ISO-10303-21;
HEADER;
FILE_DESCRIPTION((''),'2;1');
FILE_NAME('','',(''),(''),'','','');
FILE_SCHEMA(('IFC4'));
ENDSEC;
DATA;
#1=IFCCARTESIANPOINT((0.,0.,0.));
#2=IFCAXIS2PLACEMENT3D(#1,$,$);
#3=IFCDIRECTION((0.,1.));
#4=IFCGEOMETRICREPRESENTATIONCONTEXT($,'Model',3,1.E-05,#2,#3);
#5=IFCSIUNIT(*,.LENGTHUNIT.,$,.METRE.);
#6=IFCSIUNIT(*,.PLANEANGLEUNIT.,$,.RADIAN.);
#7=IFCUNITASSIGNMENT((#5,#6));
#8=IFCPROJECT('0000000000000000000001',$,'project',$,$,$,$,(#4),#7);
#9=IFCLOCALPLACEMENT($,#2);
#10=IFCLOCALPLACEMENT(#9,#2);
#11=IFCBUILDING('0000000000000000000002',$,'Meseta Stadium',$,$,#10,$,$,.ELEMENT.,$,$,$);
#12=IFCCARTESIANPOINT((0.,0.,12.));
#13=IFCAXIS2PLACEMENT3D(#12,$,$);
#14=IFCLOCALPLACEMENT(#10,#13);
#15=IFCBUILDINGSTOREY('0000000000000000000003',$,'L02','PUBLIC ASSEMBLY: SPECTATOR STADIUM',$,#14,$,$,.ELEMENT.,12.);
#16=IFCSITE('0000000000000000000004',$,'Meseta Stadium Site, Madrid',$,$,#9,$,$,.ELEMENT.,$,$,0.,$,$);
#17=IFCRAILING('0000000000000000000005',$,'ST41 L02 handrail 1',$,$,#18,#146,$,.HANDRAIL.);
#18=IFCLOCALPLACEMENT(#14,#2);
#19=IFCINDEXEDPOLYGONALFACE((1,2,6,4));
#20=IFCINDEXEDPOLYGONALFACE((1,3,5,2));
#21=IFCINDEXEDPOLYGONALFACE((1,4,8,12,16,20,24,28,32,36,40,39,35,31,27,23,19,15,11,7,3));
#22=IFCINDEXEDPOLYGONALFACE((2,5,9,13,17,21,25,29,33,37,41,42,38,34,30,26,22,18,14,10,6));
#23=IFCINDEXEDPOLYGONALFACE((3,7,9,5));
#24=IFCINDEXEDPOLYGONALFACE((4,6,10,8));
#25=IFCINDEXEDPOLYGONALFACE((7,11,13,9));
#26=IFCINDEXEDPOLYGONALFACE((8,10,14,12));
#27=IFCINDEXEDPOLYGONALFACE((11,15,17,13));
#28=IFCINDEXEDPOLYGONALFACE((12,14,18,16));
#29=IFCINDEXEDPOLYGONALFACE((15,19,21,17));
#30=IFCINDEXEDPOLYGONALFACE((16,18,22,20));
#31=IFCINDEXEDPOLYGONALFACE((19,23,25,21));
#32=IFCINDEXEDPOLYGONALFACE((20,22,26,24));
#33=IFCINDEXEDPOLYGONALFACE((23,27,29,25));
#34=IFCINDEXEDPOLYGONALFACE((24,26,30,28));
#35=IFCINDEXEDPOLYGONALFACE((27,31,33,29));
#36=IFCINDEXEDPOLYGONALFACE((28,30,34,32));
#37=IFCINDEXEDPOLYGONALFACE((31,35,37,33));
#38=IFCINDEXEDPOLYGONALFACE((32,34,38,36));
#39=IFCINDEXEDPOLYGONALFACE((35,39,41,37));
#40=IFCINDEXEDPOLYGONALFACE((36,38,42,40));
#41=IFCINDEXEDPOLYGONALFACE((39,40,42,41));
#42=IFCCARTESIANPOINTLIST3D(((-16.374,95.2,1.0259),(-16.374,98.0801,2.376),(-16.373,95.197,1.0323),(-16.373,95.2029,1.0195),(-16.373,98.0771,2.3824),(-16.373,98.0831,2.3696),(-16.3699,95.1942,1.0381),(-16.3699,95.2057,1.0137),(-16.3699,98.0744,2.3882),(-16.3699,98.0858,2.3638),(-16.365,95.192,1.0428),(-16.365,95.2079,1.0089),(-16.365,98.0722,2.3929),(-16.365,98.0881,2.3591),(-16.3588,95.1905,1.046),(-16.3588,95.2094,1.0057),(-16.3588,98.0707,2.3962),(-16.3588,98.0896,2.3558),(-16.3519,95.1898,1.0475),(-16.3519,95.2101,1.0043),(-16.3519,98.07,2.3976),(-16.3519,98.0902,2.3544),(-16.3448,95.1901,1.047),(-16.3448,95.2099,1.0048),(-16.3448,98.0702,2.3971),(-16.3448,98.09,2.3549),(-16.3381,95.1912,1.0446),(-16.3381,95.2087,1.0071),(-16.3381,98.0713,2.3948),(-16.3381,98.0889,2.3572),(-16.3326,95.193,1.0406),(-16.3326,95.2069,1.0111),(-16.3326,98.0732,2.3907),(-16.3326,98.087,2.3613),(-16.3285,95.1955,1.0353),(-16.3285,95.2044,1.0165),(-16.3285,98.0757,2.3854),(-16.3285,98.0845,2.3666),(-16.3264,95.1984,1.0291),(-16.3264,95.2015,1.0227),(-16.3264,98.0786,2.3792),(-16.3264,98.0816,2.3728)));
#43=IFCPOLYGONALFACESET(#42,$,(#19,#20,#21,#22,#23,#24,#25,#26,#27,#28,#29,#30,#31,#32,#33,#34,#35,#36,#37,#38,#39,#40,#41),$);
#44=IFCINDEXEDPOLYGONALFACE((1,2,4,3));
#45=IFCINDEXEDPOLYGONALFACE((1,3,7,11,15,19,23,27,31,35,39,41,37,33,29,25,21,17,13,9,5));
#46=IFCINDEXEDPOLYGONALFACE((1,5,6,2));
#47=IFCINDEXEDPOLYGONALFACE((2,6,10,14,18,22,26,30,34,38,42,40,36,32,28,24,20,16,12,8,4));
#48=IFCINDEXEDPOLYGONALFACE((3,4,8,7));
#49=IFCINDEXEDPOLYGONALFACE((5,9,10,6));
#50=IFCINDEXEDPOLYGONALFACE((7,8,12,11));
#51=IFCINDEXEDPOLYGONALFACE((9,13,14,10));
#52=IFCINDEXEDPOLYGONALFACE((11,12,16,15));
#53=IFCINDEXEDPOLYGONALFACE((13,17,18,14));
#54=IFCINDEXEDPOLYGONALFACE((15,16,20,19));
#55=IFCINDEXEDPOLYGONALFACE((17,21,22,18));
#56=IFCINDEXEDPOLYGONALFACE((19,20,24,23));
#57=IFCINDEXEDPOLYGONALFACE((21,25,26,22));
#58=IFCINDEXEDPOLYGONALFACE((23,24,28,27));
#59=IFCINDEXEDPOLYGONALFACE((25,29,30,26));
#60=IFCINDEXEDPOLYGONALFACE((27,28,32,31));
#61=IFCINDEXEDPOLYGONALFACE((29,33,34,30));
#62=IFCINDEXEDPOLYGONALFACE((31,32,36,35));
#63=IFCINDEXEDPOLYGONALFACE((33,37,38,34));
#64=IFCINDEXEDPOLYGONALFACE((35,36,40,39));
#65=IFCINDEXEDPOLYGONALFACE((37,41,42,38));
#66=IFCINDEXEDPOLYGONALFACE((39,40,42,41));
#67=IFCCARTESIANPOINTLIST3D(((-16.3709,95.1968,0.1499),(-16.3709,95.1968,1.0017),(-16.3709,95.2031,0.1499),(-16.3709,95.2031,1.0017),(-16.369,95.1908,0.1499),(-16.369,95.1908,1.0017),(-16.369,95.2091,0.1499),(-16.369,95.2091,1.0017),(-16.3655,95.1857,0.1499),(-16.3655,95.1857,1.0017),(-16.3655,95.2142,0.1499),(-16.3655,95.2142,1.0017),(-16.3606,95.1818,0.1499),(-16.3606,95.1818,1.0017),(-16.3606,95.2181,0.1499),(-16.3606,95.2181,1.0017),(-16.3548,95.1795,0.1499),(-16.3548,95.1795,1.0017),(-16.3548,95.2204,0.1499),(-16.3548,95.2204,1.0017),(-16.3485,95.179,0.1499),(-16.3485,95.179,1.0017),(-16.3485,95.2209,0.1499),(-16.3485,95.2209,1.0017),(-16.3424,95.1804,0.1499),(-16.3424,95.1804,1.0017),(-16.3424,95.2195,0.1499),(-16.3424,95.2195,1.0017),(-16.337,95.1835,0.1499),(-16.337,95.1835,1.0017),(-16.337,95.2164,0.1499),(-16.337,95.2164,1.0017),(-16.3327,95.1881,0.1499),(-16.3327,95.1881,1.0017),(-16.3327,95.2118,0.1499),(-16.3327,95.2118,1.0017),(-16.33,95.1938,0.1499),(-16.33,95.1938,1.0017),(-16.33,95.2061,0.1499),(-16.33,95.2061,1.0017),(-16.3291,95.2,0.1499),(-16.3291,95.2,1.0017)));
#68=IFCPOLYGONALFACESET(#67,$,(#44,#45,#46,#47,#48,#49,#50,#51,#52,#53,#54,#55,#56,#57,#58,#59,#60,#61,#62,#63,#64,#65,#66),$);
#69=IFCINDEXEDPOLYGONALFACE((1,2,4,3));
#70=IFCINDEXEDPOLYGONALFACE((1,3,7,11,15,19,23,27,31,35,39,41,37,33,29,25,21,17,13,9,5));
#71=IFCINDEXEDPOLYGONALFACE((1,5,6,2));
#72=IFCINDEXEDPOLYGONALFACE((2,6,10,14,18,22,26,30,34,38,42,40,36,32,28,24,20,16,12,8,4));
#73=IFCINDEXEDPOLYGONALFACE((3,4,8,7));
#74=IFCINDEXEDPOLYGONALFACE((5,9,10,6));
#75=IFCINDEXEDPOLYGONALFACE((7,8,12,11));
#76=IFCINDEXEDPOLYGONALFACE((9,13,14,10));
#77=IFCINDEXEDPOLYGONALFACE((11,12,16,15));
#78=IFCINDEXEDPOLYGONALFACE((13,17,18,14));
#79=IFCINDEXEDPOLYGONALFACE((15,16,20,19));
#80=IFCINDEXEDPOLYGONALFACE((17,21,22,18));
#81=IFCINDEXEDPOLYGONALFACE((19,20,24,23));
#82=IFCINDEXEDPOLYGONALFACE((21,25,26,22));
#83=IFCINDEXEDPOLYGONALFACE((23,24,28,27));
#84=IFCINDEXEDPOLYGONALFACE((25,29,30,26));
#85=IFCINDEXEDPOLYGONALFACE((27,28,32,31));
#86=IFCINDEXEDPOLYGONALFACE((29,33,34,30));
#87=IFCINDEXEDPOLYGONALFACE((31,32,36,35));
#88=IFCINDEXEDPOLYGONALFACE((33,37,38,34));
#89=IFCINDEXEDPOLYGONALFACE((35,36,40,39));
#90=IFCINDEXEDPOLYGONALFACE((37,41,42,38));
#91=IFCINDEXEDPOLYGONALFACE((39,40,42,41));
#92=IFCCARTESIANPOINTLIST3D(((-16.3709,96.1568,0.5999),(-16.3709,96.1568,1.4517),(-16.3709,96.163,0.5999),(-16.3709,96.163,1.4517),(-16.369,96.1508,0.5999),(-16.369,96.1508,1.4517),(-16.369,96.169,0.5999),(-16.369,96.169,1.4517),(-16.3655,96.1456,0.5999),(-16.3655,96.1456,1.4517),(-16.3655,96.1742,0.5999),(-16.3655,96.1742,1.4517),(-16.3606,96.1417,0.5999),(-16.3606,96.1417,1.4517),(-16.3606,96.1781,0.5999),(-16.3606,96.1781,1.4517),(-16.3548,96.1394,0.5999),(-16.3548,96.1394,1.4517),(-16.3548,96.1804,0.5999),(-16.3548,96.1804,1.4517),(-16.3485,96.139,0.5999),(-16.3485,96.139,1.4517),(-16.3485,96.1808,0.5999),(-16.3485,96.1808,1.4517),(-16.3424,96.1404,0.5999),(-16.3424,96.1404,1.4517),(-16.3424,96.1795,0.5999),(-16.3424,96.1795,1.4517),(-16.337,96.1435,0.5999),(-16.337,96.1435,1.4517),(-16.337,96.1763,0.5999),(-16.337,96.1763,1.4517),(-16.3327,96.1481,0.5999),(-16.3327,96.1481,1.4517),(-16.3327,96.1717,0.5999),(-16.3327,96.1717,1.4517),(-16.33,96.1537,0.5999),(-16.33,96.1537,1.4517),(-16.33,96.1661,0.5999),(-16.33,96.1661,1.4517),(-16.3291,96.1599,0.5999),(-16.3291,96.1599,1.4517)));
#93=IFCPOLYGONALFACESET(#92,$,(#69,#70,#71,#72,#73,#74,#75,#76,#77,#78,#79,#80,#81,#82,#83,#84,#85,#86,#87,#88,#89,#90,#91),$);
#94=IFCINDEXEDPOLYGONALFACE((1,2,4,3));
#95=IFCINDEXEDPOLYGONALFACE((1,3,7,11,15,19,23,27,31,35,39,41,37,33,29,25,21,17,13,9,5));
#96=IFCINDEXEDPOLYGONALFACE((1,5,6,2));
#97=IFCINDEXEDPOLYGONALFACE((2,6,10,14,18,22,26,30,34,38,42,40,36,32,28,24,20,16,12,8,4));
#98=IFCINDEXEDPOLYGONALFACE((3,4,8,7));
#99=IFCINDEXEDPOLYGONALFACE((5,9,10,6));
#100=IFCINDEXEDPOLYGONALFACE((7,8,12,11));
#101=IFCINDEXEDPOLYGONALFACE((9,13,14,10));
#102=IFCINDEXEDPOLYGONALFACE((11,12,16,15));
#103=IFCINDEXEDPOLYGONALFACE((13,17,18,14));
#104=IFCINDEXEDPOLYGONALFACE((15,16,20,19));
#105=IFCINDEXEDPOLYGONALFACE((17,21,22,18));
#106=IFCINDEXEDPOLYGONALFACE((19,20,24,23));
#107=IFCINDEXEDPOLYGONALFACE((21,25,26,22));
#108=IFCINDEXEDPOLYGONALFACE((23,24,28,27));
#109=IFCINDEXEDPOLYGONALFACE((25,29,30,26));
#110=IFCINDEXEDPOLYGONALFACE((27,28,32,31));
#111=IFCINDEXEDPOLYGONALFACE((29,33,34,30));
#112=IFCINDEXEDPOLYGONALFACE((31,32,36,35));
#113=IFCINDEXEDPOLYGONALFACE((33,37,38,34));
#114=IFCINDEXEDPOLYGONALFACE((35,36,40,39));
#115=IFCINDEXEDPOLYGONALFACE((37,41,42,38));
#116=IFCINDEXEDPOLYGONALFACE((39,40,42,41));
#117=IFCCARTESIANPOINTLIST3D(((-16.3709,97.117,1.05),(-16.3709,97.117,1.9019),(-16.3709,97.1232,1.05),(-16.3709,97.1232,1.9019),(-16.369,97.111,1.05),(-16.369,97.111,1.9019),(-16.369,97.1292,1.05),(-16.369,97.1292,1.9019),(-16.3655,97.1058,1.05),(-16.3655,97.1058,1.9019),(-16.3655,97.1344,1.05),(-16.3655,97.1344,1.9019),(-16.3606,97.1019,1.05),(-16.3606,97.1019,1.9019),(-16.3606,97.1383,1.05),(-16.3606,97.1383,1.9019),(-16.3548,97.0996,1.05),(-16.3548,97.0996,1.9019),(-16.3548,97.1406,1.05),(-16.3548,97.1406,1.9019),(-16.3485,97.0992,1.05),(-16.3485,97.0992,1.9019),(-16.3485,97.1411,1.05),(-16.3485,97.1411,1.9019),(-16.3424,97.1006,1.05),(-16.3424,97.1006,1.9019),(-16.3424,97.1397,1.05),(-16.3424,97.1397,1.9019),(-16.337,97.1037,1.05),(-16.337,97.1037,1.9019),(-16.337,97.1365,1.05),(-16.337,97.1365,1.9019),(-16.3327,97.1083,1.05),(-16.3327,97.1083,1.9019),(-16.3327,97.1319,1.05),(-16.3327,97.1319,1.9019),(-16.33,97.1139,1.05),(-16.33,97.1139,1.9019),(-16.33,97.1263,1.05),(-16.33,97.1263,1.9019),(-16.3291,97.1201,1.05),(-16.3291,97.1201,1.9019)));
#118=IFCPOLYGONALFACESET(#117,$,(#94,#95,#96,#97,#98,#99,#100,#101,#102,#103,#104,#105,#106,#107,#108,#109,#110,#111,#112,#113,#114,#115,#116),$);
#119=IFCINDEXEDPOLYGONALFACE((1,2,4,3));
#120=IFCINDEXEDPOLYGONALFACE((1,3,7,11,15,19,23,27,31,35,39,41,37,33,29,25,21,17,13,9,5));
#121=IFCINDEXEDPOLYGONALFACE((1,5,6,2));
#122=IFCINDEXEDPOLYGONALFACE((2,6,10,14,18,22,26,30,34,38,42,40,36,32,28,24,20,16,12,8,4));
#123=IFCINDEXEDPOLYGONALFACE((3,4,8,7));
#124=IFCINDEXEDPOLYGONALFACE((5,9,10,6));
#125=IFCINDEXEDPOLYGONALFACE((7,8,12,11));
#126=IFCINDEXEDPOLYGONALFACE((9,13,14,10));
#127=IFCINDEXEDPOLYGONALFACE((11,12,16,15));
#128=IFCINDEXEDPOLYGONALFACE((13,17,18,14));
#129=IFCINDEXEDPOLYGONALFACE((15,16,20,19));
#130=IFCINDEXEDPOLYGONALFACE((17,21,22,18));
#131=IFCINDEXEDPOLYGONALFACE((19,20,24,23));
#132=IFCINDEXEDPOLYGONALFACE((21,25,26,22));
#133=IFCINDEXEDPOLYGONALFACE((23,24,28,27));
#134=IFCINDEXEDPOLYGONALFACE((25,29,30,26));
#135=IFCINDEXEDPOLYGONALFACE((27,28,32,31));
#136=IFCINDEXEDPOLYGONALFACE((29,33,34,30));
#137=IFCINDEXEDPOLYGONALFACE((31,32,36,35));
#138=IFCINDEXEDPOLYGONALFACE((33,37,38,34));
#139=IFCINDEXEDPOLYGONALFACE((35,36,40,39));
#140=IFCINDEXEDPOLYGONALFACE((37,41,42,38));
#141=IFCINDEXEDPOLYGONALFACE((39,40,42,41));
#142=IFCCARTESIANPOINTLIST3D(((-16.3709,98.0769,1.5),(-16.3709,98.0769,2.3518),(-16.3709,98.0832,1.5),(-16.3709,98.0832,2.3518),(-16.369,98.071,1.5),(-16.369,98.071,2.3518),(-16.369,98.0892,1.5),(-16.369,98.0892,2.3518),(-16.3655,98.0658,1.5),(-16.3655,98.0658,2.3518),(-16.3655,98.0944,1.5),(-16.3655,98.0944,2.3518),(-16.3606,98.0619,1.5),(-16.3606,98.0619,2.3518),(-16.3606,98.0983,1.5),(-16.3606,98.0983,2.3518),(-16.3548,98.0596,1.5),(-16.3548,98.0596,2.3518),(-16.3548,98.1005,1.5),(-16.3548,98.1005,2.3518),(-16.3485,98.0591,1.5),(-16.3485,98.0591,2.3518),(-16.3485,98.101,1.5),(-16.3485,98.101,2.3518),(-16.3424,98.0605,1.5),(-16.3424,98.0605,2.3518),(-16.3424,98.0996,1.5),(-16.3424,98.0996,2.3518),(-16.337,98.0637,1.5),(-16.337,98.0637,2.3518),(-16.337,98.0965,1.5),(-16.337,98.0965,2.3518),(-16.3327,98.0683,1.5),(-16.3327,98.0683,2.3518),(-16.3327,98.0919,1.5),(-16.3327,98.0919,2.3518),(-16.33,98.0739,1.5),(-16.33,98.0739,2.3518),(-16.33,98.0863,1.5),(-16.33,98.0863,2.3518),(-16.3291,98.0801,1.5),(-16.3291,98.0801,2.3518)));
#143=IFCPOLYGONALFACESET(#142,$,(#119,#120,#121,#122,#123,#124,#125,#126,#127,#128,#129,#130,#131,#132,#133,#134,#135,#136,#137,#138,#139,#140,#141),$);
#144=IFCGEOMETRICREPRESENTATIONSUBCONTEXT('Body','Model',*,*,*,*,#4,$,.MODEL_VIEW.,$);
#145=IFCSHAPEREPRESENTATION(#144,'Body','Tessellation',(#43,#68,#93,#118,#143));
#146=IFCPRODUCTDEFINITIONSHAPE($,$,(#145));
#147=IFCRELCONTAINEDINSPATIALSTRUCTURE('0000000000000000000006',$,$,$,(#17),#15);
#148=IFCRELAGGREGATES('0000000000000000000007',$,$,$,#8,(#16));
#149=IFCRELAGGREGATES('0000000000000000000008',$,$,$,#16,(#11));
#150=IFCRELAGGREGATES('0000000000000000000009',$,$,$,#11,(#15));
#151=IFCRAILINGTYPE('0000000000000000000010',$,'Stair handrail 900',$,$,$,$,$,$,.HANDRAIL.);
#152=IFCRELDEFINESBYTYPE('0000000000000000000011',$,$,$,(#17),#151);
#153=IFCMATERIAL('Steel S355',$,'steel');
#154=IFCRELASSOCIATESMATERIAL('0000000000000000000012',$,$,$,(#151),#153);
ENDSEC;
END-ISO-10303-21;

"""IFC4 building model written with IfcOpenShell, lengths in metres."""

from ifc_helpers import new_model, si_unit, direction, frame, origin, origin_2d, place, context, subcontext, project, spatial, circle, extrude, material, type_object, element, save


model = new_model("IFC4")

# Units and contexts
model_context = context("Model", 3, precision=1e-05, world=origin(), true_north=direction((0.0, 1.0)))
body_context = subcontext(model_context, "Body", "Model", "MODEL_VIEW")
ifc_project = project(units=[si_unit("LENGTHUNIT", "METRE"), si_unit("PLANEANGLEUNIT", "RADIAN")], contexts=[model_context])

# Site, building, storey
site_placement = place(None, origin())
site = spatial("IfcSite", under=ifc_project, at=site_placement, Name="Meseta Stadium Site, Madrid", CompositionType="ELEMENT", RefElevation=0.0)
building_placement = place(site_placement, origin())
building = spatial("IfcBuilding", under=site, at=building_placement, Name="Meseta Stadium", CompositionType="ELEMENT")
storey_placement = place(building_placement, frame((0.0, 0.0, 12.0)))
storey = spatial("IfcBuildingStorey", under=building, at=storey_placement, Name="L02", Description="PUBLIC ASSEMBLY: SPECTATOR STADIUM", CompositionType="ELEMENT", Elevation=12.0)

# Railing
ifc_material_1 = material(Name="Steel S355", Category="steel")
railing_type_1 = type_object("IfcRailingType", Name="Stair handrail 900", PredefinedType="HANDRAIL", material=ifc_material_1)
for number, where, name in (
    (1, (-16.3501, 95.2, 0.1499), "ST41 L02 handrail 1"),
):
    element("IfcRailing", number, at=place(storey_placement, frame(where)), inside=storey, type_object=railing_type_1, Name=name, PredefinedType="HANDRAIL", context=body_context, shape_type="SweptSolid", body=[
        extrude(circle(Radius=0.0239, at=origin_2d()), frame((0.0, 0.0, 0.876), z_axis=(0.0, 0.905454, 0.424444), x_axis=(-1.0, 0.0, 0.0)), (0.0, 0.0, 1.0), 3.1809),
        extrude(circle(Radius=0.021, at=origin_2d()), origin(), (0.0, 0.0, 1.0), 0.8518),
        extrude(circle(Radius=0.021, at=origin_2d()), frame((0.0, 0.96, 0.45)), (0.0, 0.0, 1.0), 0.8518),
        extrude(circle(Radius=0.021, at=origin_2d()), frame((0.0, 1.9202, 0.9001)), (0.0, 0.0, 1.0), 0.8518),
        extrude(circle(Radius=0.021, at=origin_2d()), frame((0.0, 2.8801, 1.3501)), (0.0, 0.0, 1.0), 0.8518),
    ])

save(model, "model.ifc")
